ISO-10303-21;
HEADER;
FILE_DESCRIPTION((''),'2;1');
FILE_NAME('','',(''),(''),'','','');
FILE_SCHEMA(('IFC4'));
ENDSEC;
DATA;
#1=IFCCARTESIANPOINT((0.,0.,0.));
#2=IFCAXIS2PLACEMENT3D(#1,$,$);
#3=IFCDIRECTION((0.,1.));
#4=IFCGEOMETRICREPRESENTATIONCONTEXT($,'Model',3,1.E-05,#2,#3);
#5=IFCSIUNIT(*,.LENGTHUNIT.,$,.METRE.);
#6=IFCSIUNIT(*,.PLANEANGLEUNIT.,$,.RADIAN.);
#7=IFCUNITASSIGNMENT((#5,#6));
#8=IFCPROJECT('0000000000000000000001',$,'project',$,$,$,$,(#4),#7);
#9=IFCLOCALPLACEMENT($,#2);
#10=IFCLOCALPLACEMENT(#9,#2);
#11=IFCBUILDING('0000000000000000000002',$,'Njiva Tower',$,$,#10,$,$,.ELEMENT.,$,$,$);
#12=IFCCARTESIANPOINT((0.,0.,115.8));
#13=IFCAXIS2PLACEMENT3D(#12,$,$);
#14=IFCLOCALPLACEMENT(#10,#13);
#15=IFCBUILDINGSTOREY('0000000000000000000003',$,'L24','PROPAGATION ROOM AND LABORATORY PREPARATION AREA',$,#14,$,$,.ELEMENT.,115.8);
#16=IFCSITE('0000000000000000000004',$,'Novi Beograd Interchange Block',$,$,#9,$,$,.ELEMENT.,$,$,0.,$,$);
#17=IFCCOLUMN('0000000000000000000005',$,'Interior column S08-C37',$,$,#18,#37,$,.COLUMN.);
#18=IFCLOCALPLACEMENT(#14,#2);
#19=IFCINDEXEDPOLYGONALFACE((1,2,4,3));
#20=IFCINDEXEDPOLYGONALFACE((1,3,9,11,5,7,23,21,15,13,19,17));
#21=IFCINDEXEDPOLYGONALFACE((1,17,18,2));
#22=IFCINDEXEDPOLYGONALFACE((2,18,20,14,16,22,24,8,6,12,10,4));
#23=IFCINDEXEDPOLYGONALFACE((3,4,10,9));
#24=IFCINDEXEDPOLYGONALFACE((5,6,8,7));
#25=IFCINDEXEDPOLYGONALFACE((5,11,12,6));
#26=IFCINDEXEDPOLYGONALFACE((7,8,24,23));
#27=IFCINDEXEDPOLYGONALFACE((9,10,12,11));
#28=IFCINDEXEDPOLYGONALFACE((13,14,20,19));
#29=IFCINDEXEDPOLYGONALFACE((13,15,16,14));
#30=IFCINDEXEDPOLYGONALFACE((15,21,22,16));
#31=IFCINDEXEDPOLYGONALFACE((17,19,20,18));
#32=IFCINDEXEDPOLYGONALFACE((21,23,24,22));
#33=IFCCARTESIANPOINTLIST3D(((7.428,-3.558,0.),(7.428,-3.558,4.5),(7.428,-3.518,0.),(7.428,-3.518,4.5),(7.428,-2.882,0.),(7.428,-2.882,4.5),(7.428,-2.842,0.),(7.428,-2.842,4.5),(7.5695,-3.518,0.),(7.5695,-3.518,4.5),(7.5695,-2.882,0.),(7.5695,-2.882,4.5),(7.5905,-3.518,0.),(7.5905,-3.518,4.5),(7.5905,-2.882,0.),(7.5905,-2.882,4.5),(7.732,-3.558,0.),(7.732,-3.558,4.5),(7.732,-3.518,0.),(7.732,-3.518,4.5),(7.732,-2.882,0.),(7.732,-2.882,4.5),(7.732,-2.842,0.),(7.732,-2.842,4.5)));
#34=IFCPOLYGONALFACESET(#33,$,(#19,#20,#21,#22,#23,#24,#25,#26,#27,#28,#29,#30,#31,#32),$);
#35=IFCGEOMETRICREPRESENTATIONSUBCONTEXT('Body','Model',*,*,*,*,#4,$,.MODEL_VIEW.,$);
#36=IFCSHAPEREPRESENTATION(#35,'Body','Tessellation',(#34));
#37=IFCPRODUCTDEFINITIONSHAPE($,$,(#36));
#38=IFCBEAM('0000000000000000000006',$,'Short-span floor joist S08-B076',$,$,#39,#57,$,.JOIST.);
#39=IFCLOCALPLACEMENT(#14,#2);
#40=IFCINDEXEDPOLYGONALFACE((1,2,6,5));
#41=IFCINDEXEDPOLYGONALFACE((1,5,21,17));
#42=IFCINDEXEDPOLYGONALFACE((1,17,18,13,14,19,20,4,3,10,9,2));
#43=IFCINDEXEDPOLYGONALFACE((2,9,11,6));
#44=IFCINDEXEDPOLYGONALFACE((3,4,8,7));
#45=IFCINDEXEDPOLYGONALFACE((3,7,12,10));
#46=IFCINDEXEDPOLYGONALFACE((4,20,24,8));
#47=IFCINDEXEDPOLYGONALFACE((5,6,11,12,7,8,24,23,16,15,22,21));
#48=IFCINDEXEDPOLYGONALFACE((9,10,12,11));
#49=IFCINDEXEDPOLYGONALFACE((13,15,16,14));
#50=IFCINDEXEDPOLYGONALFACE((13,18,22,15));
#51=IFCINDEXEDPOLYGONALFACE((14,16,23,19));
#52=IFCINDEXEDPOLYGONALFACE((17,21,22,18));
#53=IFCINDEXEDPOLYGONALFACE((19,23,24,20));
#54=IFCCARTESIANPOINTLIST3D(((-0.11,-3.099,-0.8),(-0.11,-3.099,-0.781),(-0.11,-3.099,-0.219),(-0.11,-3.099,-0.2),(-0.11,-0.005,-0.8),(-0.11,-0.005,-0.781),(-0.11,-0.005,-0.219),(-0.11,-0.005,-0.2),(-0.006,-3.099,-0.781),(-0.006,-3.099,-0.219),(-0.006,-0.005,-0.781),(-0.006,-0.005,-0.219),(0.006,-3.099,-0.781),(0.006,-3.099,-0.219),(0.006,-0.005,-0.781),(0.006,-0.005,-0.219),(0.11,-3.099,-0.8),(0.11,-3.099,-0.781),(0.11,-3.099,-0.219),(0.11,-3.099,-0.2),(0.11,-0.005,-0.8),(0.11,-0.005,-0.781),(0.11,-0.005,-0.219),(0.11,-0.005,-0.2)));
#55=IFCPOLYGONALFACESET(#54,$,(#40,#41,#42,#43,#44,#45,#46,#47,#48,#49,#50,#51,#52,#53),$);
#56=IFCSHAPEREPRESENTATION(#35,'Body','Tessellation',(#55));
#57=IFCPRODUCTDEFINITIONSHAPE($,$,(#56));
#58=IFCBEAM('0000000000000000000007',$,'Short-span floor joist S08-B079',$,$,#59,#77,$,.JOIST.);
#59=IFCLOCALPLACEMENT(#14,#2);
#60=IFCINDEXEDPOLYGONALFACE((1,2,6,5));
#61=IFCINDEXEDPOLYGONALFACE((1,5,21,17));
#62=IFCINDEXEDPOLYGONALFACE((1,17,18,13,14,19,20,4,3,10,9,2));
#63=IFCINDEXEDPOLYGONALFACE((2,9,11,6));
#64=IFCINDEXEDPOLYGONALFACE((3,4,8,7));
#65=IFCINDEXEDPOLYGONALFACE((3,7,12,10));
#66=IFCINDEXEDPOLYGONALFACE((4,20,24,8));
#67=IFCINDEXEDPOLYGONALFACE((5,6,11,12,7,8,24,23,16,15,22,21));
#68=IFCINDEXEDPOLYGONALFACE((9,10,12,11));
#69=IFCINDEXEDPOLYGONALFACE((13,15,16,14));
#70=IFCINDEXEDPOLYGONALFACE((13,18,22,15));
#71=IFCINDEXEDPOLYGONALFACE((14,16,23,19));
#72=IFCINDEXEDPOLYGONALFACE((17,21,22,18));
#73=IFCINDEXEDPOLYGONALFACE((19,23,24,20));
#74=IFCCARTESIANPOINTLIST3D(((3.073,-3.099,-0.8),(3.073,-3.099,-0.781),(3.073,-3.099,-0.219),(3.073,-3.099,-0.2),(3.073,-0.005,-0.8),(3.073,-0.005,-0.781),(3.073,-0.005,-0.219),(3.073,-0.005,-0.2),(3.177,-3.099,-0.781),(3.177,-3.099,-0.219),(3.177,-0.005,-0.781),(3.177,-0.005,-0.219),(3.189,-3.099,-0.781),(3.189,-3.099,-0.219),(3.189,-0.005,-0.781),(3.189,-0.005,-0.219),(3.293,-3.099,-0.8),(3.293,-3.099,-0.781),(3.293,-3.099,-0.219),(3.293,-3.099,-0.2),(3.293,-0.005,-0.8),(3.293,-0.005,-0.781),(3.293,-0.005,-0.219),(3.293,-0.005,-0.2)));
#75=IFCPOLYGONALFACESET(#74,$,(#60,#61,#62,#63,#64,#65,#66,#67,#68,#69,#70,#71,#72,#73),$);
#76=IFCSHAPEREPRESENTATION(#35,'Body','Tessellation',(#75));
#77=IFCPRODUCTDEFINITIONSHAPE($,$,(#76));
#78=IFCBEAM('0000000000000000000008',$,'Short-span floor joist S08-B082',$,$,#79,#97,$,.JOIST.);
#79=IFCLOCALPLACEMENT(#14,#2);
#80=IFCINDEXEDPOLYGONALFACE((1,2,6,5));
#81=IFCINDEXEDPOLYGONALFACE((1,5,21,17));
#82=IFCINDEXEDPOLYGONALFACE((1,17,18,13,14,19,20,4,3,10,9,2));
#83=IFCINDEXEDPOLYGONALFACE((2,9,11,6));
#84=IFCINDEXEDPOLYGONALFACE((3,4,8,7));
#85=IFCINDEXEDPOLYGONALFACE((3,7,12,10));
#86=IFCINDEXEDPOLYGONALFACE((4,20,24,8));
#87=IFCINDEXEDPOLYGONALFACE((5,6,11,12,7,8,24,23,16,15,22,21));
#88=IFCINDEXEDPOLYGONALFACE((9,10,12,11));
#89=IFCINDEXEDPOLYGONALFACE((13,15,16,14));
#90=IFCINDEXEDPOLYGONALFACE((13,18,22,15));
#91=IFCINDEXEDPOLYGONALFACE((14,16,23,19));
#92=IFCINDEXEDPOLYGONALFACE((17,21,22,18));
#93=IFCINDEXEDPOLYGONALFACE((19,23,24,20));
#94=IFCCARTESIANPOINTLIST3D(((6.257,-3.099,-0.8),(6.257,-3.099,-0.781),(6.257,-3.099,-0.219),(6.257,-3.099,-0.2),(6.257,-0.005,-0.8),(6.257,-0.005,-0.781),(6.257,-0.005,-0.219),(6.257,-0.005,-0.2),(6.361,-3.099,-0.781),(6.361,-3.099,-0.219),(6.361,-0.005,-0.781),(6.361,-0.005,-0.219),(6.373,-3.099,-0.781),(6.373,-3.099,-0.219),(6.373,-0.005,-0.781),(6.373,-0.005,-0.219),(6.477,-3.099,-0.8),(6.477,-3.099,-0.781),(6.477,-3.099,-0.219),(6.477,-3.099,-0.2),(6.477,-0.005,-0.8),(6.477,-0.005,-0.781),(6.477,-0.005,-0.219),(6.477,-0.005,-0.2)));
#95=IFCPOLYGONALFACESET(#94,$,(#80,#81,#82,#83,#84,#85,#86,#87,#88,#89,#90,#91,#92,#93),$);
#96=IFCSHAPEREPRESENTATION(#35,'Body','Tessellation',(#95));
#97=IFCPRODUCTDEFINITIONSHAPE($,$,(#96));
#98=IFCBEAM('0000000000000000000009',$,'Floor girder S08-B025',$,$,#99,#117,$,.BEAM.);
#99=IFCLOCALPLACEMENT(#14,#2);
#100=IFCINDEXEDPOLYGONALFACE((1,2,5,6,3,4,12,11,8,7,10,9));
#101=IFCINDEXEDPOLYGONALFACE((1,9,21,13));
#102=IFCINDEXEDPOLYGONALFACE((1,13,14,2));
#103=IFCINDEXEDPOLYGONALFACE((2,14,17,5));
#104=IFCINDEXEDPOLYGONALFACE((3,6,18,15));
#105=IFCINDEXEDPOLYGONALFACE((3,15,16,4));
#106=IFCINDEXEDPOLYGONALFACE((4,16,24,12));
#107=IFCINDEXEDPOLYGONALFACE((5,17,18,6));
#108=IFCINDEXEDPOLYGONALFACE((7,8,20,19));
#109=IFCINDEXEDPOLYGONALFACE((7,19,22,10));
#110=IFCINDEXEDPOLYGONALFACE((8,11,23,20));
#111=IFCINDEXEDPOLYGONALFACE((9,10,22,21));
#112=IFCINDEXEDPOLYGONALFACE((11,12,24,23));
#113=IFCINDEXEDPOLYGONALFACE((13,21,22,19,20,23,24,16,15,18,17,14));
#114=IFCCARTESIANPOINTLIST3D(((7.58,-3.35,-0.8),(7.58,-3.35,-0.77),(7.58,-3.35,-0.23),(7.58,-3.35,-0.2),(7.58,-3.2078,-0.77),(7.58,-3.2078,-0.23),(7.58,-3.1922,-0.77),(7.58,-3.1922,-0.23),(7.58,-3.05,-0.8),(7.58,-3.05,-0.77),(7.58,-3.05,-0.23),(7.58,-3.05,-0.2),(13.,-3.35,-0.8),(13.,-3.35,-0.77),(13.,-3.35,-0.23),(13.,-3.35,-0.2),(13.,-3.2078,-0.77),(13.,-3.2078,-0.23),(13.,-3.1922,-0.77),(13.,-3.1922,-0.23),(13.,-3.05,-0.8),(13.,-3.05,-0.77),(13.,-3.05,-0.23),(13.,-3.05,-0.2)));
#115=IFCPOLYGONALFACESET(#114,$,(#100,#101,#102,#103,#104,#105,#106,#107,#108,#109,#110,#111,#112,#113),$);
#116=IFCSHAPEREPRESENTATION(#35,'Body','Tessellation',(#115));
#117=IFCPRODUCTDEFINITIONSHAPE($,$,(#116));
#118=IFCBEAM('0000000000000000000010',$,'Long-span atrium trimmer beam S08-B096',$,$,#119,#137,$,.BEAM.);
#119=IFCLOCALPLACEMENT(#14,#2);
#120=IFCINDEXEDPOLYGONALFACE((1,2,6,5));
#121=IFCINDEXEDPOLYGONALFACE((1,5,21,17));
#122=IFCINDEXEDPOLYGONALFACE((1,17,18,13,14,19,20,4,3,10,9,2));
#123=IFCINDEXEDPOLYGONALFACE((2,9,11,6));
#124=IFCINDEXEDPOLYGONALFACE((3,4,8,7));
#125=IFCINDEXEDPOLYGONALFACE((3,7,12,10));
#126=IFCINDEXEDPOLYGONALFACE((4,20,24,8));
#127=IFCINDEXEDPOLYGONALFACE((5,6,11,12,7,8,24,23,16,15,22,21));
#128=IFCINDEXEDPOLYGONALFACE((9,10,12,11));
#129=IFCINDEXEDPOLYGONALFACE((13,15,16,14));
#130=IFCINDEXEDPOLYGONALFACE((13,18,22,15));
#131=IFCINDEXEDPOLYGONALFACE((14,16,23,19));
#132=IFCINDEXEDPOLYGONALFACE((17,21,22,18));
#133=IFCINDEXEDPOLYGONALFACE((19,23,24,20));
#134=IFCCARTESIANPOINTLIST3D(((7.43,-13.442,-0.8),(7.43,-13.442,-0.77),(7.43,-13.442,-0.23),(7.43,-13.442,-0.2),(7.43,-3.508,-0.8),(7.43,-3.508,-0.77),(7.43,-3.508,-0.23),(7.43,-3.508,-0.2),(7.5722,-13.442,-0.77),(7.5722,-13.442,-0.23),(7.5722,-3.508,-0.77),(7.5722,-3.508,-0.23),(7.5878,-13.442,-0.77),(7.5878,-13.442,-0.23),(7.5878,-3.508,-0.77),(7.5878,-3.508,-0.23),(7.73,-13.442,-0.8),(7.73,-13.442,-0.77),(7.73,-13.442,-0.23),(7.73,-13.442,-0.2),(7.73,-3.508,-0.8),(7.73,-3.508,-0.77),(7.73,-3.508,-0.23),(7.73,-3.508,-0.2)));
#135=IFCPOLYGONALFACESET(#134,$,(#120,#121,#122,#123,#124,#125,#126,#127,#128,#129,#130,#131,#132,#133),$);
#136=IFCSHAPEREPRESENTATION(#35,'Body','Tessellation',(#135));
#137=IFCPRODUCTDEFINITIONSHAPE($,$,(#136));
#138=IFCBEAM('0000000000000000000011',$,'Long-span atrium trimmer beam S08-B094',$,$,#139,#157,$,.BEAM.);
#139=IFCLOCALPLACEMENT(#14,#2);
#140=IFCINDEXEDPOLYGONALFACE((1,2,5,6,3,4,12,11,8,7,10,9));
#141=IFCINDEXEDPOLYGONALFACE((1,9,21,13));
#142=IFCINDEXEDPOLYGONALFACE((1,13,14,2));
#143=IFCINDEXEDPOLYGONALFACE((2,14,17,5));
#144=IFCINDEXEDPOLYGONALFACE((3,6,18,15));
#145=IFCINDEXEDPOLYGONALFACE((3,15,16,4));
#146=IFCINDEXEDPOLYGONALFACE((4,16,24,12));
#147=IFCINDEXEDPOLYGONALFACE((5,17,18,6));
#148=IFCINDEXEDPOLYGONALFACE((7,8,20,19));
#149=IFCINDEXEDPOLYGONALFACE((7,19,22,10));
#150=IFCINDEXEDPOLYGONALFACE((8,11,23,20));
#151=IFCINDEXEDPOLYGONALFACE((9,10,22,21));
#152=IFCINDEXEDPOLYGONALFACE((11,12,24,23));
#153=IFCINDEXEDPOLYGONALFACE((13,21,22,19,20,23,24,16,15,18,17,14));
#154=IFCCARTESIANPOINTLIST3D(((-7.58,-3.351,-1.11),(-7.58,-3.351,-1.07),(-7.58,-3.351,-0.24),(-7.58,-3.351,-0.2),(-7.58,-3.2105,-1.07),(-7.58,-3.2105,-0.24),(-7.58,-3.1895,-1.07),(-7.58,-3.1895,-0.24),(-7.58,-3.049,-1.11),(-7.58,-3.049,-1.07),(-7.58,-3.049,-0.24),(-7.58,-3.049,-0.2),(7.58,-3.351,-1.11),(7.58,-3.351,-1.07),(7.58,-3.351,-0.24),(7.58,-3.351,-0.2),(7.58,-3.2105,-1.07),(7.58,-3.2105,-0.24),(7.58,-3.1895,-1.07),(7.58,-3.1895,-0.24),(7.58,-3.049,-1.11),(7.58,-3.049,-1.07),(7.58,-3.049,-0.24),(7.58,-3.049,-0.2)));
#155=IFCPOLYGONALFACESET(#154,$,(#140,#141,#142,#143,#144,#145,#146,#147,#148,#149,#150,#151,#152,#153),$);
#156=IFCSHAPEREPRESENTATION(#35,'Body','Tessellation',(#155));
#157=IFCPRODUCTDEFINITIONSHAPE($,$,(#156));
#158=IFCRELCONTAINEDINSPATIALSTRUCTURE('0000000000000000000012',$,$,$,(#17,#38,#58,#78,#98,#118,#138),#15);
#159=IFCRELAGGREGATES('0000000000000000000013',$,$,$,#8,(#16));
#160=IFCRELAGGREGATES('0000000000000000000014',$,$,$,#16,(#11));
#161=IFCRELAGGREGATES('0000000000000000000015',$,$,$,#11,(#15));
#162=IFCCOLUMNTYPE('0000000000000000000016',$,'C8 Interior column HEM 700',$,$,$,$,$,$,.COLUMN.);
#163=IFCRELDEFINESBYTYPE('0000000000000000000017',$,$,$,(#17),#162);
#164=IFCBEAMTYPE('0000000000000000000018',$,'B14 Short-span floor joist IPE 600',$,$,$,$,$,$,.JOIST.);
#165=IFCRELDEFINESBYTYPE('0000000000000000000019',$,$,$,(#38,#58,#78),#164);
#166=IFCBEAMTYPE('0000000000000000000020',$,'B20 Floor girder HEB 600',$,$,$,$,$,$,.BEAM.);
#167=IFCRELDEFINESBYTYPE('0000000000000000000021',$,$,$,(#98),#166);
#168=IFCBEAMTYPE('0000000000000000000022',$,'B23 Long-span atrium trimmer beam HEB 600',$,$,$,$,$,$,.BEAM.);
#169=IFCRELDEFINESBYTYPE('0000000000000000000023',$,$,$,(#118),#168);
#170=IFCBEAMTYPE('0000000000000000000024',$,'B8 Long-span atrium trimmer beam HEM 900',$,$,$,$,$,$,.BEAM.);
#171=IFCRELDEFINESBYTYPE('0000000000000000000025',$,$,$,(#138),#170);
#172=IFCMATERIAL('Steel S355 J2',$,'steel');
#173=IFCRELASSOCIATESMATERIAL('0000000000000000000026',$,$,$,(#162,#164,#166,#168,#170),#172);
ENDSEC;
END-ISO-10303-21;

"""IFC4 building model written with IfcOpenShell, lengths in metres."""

from ifc_helpers import new_model, si_unit, direction, frame, origin, origin_2d, place, context, subcontext, project, spatial, i_section, extrude, material, material_profile, profile_set, type_object, element, save


model = new_model("IFC4")

# Units and contexts
model_context = context("Model", 3, precision=1e-05, world=origin(), true_north=direction((0.0, 1.0)))
body_context = subcontext(model_context, "Body", "Model", "MODEL_VIEW")
ifc_project = project(units=[si_unit("LENGTHUNIT", "METRE"), si_unit("PLANEANGLEUNIT", "RADIAN")], contexts=[model_context])

# Site, building, storey
site_placement = place(None, origin())
site = spatial("IfcSite", under=ifc_project, at=site_placement, Name="Novi Beograd Interchange Block", CompositionType="ELEMENT", RefElevation=0.0)
building_placement = place(site_placement, origin())
building = spatial("IfcBuilding", under=site, at=building_placement, Name="Njiva Tower", CompositionType="ELEMENT")
storey_placement = place(building_placement, frame((0.0, 0.0, 115.8)))
storey = spatial("IfcBuildingStorey", under=building, at=storey_placement, Name="L24", Description="PROPAGATION ROOM AND LABORATORY PREPARATION AREA", CompositionType="ELEMENT", Elevation=115.8)

# Column
ifc_material_1 = material(Name="Steel S355 J2", Category="steel")
ifc_material_profile_1 = material_profile(ifc_material_1, i_section(OverallWidth=0.304, OverallDepth=0.716, WebThickness=0.021, FlangeThickness=0.04, at=origin_2d()), Name="HEM 700")
ifc_profile_set_1 = profile_set([ifc_material_profile_1], Name="Steel S355 J2")
column_type = type_object("IfcColumnType", Name="C8 Interior column HEM 700", PredefinedType="COLUMN", material=ifc_profile_set_1)
column_placement = place(storey_placement, frame((7.58, -3.2, 0.0), z_axis=(0.0, 0.0, 1.0), x_axis=(1.0, 0.0, 0.0)))
element("IfcColumn", 1, at=column_placement, inside=storey, type_object=column_type, Name="Interior column S08-C37", PredefinedType="COLUMN", context=body_context, shape_type="SweptSolid", body=[
    extrude(i_section(OverallWidth=0.304, OverallDepth=0.716, WebThickness=0.021, FlangeThickness=0.04, at=origin_2d()), origin(), (0.0, 0.0, 1.0), 4.5),
])

# Beams
ifc_material_profile_2 = material_profile(ifc_material_1, i_section(OverallWidth=0.22, OverallDepth=0.6, WebThickness=0.012, FlangeThickness=0.019, at=origin_2d()), Name="IPE 600")
ifc_profile_set_2 = profile_set([ifc_material_profile_2], Name="Steel S355 J2")
beam_type_1 = type_object("IfcBeamType", Name="B14 Short-span floor joist IPE 600", PredefinedType="JOIST", material=ifc_profile_set_2)
for number, where, z_axis, x_axis, name in (
    (2, (0.0, -0.005, -0.5), (0.0, -1.0, 0.0), (1.0, 0.0, 0.0), "Short-span floor joist S08-B076"),
    (3, (3.183, -0.005, -0.5), (0.0, -1.0, 0.0), (1.0, 0.0, 0.0), "Short-span floor joist S08-B079"),
    (4, (6.367, -0.005, -0.5), (0.0, -1.0, 0.0), (1.0, 0.0, 0.0), "Short-span floor joist S08-B082"),
):
    element("IfcBeam", number, at=place(storey_placement, frame(where, z_axis=z_axis, x_axis=x_axis)), inside=storey, type_object=beam_type_1, Name=name, PredefinedType="JOIST", context=body_context, shape_type="SweptSolid", body=[
        extrude(i_section(OverallWidth=0.22, OverallDepth=0.6, WebThickness=0.012, FlangeThickness=0.019, at=origin_2d()), origin(), (0.0, 0.0, 1.0), 3.094),
    ])
ifc_material_profile_3 = material_profile(ifc_material_1, i_section(OverallWidth=0.3, OverallDepth=0.6, WebThickness=0.0155, FlangeThickness=0.03, at=origin_2d()), Name="HEB 600")
ifc_profile_set_3 = profile_set([ifc_material_profile_3], Name="Steel S355 J2")
beam_type_2 = type_object("IfcBeamType", Name="B20 Floor girder HEB 600", PredefinedType="BEAM", material=ifc_profile_set_3)
beam_1_placement = place(storey_placement, frame((7.58, -3.2, -0.5), z_axis=(1.0, 0.0, 0.0), x_axis=(0.0, 1.0, 0.0)))
element("IfcBeam", 5, at=beam_1_placement, inside=storey, type_object=beam_type_2, Name="Floor girder S08-B025", PredefinedType="BEAM", context=body_context, shape_type="SweptSolid", body=[
    extrude(i_section(OverallWidth=0.3, OverallDepth=0.6, WebThickness=0.0155, FlangeThickness=0.03, at=origin_2d()), origin(), (0.0, 0.0, 1.0), 5.42),
])
ifc_material_profile_4 = material_profile(ifc_material_1, i_section(OverallWidth=0.3, OverallDepth=0.6, WebThickness=0.0155, FlangeThickness=0.03, at=origin_2d()), Name="HEB 600")
ifc_profile_set_4 = profile_set([ifc_material_profile_4], Name="Steel S355 J2")
beam_type_3 = type_object("IfcBeamType", Name="B23 Long-span atrium trimmer beam HEB 600", PredefinedType="BEAM", material=ifc_profile_set_4)
beam_2_placement = place(storey_placement, frame((7.58, -13.442, -0.5), z_axis=(0.0, 1.0, 0.0), x_axis=(-1.0, 0.0, 0.0)))
element("IfcBeam", 6, at=beam_2_placement, inside=storey, type_object=beam_type_3, Name="Long-span atrium trimmer beam S08-B096", PredefinedType="BEAM", context=body_context, shape_type="SweptSolid", body=[
    extrude(i_section(OverallWidth=0.3, OverallDepth=0.6, WebThickness=0.0155, FlangeThickness=0.03, at=origin_2d()), origin(), (0.0, 0.0, 1.0), 9.934),
])
ifc_material_profile_5 = material_profile(ifc_material_1, i_section(OverallWidth=0.302, OverallDepth=0.91, WebThickness=0.021, FlangeThickness=0.04, at=origin_2d()), Name="HEM 900")
ifc_profile_set_5 = profile_set([ifc_material_profile_5], Name="Steel S355 J2")
beam_type_4 = type_object("IfcBeamType", Name="B8 Long-span atrium trimmer beam HEM 900", PredefinedType="BEAM", material=ifc_profile_set_5)
beam_3_placement = place(storey_placement, frame((7.58, -3.2, -0.655), z_axis=(-1.0, 0.0, 0.0), x_axis=(0.0, -1.0, 0.0)))
element("IfcBeam", 7, at=beam_3_placement, inside=storey, type_object=beam_type_4, Name="Long-span atrium trimmer beam S08-B094", PredefinedType="BEAM", context=body_context, shape_type="SweptSolid", body=[
    extrude(i_section(OverallWidth=0.302, OverallDepth=0.91, WebThickness=0.021, FlangeThickness=0.04, at=origin_2d()), origin(), (0.0, 0.0, 1.0), 15.16),
])

save(model, "model.ifc")
